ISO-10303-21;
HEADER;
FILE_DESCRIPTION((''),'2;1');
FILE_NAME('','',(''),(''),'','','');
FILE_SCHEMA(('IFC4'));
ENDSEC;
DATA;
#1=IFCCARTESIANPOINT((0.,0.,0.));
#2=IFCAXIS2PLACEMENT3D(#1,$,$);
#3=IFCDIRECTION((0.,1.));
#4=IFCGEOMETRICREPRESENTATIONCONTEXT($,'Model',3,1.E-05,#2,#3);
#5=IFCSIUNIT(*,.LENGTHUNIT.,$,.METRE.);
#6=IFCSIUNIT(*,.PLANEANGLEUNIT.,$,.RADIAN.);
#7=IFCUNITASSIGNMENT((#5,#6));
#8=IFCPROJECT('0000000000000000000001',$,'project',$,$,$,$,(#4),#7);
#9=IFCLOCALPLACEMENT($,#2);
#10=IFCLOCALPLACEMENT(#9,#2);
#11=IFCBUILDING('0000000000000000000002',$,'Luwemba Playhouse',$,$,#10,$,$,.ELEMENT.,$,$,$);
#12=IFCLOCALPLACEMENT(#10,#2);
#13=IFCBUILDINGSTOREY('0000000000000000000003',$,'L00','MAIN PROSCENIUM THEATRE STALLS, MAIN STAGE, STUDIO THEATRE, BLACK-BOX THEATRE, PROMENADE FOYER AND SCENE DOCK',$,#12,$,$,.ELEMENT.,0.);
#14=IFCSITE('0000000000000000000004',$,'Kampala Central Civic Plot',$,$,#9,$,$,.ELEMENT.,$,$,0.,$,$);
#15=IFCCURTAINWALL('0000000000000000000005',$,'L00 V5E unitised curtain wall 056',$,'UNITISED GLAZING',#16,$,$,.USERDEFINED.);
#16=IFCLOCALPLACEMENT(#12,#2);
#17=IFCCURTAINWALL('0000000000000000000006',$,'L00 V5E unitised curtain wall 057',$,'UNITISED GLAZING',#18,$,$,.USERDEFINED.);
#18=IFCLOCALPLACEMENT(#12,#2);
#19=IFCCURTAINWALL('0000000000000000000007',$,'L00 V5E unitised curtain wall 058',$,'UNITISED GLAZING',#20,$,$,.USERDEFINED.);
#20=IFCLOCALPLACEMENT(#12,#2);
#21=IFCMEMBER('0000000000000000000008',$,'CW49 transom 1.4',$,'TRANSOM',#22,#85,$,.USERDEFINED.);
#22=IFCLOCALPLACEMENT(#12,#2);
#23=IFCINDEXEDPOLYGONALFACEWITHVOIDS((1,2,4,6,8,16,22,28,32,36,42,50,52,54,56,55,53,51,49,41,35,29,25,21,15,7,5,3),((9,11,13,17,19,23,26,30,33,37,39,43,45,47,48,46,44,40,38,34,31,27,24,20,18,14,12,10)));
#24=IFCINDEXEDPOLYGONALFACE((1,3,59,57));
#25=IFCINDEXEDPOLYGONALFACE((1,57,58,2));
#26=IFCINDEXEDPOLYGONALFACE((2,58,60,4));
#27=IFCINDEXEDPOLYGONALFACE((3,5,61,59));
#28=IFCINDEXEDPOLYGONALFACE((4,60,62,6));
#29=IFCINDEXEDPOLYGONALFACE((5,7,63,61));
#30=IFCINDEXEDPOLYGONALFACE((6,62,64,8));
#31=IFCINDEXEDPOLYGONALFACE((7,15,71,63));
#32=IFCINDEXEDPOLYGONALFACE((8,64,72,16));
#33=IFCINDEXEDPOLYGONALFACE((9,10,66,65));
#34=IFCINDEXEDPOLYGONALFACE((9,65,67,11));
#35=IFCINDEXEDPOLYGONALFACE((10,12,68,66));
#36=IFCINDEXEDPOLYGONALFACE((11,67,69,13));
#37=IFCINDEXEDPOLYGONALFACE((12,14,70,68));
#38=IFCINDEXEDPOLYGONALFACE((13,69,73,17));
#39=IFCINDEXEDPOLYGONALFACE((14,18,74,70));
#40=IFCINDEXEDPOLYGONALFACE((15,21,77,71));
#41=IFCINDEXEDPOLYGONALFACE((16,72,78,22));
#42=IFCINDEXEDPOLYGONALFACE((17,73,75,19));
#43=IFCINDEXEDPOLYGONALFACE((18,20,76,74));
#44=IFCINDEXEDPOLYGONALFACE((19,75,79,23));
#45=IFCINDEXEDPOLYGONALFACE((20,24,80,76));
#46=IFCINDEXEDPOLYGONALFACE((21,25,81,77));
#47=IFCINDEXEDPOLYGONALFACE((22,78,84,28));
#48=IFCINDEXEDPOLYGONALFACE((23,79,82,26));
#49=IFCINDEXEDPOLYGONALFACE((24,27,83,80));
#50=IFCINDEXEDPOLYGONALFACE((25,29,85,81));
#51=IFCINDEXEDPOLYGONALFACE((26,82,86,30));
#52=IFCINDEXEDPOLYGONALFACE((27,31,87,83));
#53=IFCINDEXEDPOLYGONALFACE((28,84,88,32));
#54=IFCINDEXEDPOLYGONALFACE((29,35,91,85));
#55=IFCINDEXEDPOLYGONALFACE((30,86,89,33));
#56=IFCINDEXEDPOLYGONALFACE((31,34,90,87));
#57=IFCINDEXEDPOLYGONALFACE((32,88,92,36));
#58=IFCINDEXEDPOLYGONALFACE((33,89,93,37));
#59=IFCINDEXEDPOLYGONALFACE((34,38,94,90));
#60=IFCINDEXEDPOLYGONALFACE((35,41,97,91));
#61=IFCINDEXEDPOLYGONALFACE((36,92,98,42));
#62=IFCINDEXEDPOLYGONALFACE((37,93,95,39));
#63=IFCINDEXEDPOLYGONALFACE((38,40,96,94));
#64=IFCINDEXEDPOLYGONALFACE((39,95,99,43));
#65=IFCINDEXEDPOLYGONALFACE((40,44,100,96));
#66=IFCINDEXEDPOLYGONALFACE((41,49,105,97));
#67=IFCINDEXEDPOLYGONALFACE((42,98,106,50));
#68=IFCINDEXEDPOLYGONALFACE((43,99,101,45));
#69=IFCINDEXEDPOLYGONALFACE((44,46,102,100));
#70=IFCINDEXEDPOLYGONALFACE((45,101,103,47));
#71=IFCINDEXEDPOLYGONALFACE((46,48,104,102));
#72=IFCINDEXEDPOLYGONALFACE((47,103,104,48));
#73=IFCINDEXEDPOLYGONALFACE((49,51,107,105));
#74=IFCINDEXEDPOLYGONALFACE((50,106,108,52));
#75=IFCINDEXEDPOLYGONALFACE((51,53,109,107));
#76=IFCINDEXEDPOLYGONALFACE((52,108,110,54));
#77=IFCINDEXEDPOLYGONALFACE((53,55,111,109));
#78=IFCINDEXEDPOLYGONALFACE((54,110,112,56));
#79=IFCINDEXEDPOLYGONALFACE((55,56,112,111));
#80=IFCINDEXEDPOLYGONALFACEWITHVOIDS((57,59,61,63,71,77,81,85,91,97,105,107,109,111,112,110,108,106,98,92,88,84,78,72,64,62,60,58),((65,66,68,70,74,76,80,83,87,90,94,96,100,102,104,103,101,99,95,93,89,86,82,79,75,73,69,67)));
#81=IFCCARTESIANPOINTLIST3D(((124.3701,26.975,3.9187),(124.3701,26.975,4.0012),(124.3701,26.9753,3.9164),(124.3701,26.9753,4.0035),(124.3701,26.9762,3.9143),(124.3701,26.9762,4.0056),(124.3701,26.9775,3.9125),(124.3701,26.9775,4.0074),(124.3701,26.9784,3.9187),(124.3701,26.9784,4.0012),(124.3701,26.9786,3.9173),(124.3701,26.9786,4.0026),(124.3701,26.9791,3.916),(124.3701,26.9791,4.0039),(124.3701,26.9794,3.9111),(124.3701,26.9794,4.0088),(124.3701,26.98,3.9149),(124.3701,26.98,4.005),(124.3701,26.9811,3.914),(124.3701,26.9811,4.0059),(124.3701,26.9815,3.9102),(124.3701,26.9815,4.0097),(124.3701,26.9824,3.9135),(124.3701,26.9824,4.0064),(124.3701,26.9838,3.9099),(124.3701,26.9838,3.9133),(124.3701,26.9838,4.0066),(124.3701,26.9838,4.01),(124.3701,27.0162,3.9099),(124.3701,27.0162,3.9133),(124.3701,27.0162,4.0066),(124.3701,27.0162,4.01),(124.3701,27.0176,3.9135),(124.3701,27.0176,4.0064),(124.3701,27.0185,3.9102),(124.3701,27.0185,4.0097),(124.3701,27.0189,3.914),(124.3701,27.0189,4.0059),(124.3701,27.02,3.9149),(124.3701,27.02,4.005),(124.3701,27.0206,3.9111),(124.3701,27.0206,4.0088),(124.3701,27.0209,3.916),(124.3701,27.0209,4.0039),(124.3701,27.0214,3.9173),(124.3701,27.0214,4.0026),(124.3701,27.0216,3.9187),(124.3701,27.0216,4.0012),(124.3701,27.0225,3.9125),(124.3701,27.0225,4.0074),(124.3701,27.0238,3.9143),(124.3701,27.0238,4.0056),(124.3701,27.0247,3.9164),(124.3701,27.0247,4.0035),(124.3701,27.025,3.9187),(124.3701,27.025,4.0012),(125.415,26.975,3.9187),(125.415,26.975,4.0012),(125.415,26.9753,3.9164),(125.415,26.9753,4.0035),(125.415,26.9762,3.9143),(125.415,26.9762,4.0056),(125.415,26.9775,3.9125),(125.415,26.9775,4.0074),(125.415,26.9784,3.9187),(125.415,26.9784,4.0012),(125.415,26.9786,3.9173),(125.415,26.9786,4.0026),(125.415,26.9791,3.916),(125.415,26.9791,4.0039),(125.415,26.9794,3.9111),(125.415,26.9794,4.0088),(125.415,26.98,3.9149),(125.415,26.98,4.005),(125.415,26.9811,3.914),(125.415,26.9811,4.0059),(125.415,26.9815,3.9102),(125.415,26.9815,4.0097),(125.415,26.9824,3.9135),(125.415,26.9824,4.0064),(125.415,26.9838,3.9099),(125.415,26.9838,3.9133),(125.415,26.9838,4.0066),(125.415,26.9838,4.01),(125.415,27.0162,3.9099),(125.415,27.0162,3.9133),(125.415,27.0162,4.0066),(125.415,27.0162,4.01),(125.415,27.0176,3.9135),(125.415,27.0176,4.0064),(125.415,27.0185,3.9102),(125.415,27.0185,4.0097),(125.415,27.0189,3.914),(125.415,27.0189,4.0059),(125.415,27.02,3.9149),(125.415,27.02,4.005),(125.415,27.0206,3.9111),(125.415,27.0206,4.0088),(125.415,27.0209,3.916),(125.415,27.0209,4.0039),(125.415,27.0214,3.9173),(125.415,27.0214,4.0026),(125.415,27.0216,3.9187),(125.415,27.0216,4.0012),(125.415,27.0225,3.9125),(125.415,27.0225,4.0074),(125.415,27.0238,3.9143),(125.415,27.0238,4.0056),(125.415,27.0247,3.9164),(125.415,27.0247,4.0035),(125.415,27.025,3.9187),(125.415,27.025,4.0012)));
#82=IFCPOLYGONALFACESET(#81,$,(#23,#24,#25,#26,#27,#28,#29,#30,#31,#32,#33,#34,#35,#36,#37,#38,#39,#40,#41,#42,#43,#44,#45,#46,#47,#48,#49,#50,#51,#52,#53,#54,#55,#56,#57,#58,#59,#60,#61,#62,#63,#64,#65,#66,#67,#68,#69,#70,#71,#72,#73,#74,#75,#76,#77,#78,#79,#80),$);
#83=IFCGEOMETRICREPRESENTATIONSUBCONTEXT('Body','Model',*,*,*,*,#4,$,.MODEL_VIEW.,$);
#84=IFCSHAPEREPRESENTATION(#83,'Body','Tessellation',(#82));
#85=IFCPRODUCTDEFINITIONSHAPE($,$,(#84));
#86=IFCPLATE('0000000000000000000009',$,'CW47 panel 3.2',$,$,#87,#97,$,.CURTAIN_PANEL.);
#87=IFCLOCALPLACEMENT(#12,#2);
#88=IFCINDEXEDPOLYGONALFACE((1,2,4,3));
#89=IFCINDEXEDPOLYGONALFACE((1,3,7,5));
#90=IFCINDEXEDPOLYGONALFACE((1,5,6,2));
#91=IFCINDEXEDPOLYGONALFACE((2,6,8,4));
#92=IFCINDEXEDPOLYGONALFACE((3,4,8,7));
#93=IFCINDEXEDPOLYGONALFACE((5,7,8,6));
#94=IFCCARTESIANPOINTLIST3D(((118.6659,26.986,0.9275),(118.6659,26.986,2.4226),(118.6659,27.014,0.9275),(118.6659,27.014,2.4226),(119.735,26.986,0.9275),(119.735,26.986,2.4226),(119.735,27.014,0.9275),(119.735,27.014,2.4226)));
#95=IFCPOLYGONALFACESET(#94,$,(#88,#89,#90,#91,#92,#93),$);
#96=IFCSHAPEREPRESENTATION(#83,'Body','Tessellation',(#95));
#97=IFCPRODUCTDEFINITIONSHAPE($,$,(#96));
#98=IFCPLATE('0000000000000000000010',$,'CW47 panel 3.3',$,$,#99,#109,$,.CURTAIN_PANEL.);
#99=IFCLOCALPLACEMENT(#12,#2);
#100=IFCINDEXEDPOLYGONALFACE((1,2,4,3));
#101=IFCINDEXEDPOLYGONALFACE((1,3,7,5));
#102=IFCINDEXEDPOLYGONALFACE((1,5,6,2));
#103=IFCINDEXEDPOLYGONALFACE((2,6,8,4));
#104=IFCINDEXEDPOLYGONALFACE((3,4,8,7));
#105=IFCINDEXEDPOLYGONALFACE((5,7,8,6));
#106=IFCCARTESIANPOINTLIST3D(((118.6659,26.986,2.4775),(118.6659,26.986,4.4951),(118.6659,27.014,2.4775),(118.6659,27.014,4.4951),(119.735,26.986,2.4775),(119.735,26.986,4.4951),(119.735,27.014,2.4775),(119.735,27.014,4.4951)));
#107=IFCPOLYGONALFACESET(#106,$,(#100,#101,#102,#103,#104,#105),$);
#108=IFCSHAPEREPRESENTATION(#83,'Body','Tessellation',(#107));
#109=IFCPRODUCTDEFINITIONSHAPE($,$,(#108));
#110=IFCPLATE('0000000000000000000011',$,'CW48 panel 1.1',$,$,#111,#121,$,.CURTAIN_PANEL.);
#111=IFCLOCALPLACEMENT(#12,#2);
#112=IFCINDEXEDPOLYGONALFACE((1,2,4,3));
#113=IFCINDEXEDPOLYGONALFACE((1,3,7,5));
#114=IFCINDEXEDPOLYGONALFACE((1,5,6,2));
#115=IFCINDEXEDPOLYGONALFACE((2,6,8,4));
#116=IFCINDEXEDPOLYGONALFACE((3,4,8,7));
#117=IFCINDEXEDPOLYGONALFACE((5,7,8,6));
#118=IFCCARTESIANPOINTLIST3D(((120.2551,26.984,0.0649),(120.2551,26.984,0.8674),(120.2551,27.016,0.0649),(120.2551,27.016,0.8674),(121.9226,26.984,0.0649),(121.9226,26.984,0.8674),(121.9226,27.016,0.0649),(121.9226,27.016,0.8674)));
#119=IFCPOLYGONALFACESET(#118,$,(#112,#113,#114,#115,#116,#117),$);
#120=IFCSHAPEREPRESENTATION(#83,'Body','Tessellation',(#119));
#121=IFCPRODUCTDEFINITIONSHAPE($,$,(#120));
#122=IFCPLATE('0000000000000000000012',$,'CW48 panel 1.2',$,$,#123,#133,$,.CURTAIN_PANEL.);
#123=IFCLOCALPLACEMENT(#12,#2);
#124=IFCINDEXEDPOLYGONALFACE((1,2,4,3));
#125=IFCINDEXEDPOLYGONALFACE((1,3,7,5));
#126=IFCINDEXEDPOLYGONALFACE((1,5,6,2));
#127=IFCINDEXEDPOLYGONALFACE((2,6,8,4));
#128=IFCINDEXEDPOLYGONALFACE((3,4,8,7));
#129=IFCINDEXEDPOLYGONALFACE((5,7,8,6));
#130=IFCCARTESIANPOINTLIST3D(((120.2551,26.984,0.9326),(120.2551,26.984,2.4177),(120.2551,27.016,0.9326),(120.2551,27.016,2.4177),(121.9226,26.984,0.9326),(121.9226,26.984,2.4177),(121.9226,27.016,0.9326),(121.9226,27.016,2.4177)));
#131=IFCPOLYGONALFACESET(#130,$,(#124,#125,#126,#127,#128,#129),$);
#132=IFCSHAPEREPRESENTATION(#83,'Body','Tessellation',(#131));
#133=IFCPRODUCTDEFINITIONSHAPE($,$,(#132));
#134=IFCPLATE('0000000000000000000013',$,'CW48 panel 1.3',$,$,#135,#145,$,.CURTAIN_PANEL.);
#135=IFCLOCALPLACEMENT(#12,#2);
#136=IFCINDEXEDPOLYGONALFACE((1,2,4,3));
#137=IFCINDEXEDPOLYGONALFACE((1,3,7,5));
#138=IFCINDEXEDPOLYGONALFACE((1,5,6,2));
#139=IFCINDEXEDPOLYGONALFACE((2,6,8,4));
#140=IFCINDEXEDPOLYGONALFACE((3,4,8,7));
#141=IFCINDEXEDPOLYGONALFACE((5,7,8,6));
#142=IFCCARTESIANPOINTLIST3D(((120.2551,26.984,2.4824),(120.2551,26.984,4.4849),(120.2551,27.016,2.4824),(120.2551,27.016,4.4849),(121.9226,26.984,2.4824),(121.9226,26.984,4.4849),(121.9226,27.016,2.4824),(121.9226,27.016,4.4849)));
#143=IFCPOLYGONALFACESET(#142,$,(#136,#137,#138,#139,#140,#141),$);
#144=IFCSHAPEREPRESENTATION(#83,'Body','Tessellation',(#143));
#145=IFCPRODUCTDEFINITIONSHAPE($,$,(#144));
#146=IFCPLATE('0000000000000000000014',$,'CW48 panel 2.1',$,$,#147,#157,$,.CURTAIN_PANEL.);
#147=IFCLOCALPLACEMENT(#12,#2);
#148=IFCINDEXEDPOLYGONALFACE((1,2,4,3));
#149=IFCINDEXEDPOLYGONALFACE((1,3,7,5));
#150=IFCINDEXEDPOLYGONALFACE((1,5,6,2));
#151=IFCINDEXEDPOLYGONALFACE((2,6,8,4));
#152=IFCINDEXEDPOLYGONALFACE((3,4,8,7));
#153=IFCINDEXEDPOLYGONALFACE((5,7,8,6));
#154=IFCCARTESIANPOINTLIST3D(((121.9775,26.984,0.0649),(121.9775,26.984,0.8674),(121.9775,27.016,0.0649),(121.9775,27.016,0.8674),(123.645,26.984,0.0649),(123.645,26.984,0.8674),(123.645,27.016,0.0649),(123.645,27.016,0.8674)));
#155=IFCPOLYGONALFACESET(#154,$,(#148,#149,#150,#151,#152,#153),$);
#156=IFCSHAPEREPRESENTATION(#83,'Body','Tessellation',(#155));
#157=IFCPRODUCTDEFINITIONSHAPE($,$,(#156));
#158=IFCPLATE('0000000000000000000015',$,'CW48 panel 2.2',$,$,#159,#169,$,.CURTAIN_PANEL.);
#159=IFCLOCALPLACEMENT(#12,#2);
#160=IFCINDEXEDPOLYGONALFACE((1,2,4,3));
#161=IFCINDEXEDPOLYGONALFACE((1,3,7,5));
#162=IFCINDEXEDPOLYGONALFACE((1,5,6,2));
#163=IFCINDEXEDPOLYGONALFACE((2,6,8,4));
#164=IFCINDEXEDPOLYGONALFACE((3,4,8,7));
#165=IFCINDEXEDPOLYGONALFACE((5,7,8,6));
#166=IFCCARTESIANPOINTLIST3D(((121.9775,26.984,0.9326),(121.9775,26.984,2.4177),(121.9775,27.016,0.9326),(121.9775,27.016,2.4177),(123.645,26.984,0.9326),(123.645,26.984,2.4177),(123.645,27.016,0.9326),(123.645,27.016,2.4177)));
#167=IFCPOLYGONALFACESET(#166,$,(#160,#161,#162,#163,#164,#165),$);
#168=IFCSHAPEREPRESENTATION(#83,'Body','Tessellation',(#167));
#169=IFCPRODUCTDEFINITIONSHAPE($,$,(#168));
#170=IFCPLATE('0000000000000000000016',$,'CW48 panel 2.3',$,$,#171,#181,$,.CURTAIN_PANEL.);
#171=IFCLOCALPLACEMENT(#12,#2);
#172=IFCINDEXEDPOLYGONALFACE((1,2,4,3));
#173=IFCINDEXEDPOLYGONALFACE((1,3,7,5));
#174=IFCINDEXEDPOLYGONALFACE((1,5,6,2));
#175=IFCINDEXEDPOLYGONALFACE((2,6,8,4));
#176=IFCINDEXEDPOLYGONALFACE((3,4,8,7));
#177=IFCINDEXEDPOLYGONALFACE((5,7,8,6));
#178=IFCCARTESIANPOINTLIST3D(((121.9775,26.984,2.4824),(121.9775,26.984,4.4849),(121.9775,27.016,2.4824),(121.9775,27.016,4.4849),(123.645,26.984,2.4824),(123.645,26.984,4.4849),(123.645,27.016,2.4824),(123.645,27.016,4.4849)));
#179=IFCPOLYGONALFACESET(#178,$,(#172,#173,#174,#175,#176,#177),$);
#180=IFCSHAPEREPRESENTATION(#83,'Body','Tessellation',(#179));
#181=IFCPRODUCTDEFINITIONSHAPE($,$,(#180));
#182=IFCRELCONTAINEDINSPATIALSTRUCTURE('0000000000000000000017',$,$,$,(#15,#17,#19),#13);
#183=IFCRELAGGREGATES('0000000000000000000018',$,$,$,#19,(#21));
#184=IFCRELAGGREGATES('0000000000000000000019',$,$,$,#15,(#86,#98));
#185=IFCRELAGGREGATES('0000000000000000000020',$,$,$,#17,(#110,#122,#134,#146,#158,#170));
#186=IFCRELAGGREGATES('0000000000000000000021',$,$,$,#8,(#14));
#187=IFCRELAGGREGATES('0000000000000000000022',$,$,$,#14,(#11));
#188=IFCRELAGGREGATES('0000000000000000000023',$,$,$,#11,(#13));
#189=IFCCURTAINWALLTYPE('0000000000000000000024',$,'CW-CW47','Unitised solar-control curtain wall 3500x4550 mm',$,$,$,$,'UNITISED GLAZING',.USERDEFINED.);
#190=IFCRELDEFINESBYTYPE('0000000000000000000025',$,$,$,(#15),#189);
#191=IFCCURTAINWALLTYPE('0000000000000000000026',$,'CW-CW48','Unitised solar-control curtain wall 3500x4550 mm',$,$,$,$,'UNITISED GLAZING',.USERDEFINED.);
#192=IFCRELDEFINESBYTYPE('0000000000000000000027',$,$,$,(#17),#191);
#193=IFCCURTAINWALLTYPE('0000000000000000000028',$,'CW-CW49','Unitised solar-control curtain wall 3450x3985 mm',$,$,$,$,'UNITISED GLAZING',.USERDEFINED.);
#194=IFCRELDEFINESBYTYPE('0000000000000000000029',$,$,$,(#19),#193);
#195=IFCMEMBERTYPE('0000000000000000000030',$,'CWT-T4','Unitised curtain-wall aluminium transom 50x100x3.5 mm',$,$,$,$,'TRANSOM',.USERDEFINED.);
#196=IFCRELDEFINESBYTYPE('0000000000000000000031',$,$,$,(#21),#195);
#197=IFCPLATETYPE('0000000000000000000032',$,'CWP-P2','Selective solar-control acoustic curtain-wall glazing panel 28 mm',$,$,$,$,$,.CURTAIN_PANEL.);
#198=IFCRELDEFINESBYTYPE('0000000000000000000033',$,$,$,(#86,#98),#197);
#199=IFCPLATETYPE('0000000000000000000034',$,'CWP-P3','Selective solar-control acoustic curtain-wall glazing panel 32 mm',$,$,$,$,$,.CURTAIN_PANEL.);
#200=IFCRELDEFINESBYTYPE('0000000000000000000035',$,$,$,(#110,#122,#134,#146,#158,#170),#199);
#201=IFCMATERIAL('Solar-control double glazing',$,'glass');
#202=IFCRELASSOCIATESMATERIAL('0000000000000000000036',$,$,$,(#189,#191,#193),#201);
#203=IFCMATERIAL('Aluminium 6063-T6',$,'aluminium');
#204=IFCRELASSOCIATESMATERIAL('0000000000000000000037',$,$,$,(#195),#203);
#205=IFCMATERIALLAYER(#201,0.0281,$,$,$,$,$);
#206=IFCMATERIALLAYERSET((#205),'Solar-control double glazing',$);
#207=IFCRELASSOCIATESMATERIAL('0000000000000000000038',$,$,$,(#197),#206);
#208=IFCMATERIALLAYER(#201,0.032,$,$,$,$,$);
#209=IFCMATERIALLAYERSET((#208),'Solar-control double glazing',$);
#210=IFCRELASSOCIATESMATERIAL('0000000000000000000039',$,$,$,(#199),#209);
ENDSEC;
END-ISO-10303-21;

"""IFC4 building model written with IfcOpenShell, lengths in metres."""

from ifc_helpers import new_model, si_unit, direction, frame, origin, origin_2d, place, context, subcontext, project, spatial, rectangle, hollow_rectangle, extrude, material, layer, layer_set, material_profile, profile_set, type_object, element, aggregate, save


model = new_model("IFC4")

# Units and contexts
model_context = context("Model", 3, precision=1e-05, world=origin(), true_north=direction((0.0, 1.0)))
body_context = subcontext(model_context, "Body", "Model", "MODEL_VIEW")
ifc_project = project(units=[si_unit("LENGTHUNIT", "METRE"), si_unit("PLANEANGLEUNIT", "RADIAN")], contexts=[model_context])

# Site, building, storey
site_placement = place(None, origin())
site = spatial("IfcSite", under=ifc_project, at=site_placement, Name="Kampala Central Civic Plot", CompositionType="ELEMENT", RefElevation=0.0)
building_placement = place(site_placement, origin())
building = spatial("IfcBuilding", under=site, at=building_placement, Name="Luwemba Playhouse", CompositionType="ELEMENT")
storey_placement = place(building_placement, origin())
storey = spatial("IfcBuildingStorey", under=building, at=storey_placement, Name="L00", Description="MAIN PROSCENIUM THEATRE STALLS, MAIN STAGE, STUDIO THEATRE, BLACK-BOX THEATRE, PROMENADE FOYER AND SCENE DOCK", CompositionType="ELEMENT", Elevation=0.0)

# Curtain wall
ifc_material_1 = material(Name="Solar-control double glazing", Category="glass")
curtain_wall_type_1 = type_object("IfcCurtainWallType", Name="CW-CW47", Description="Unitised solar-control curtain wall 3500x4550 mm", ElementType="UNITISED GLAZING", PredefinedType="USERDEFINED", material=ifc_material_1)
curtain_wall_1_placement = place(storey_placement, origin())
curtain_wall_1 = element("IfcCurtainWall", 1, at=curtain_wall_1_placement, inside=storey, type_object=curtain_wall_type_1, Name="L00 V5E unitised curtain wall 056", ObjectType="UNITISED GLAZING", PredefinedType="USERDEFINED")
ifc_material_2 = material(Name="Aluminium 6063-T6", Category="aluminium")

# Curtain wall
curtain_wall_type_2 = type_object("IfcCurtainWallType", Name="CW-CW48", Description="Unitised solar-control curtain wall 3500x4550 mm", ElementType="UNITISED GLAZING", PredefinedType="USERDEFINED", material=ifc_material_1)
curtain_wall_2_placement = place(storey_placement, origin())
curtain_wall_2 = element("IfcCurtainWall", 2, at=curtain_wall_2_placement, inside=storey, type_object=curtain_wall_type_2, Name="L00 V5E unitised curtain wall 057", ObjectType="UNITISED GLAZING", PredefinedType="USERDEFINED")

# Curtain wall
curtain_wall_type_3 = type_object("IfcCurtainWallType", Name="CW-CW49", Description="Unitised solar-control curtain wall 3450x3985 mm", ElementType="UNITISED GLAZING", PredefinedType="USERDEFINED", material=ifc_material_1)
curtain_wall_3_placement = place(storey_placement, origin())
curtain_wall_3 = element("IfcCurtainWall", 3, at=curtain_wall_3_placement, inside=storey, type_object=curtain_wall_type_3, Name="L00 V5E unitised curtain wall 058", ObjectType="UNITISED GLAZING", PredefinedType="USERDEFINED")

# Member
ifc_material_profile_1 = material_profile(ifc_material_2, hollow_rectangle(XDim=0.05, YDim=0.1001, WallThickness=0.0034, InnerFilletRadius=0.0054, OuterFilletRadius=0.0088, at=origin_2d()))
ifc_profile_set_1 = profile_set([ifc_material_profile_1], Name="Aluminium 6063-T6")
member_type_1 = type_object("IfcMemberType", Name="CWT-T4", Description="Unitised curtain-wall aluminium transom 50x100x3.5 mm", ElementType="TRANSOM", PredefinedType="USERDEFINED", material=ifc_profile_set_1)
member_1_placement = place(storey_placement, frame((124.3701, 27.0, 3.96), z_axis=(1.0, 0.0, 0.0), x_axis=(0.0, 1.0, 0.0)))
member_1 = element("IfcMember", 4, at=member_1_placement, type_object=member_type_1, Name="CW49 transom 1.4", ObjectType="TRANSOM", PredefinedType="USERDEFINED", context=body_context, shape_type="SweptSolid", body=[
    extrude(hollow_rectangle(XDim=0.05, YDim=0.1001, WallThickness=0.0034, InnerFilletRadius=0.0054, OuterFilletRadius=0.0088, at=origin_2d()), origin(), (0.0, 0.0, 1.0), 1.0449),
])
aggregate(curtain_wall_3, [member_1])

# Plates
ifc_layer_1 = layer(ifc_material_1, 0.0281)
ifc_layer_set_1 = layer_set([ifc_layer_1], Name="Solar-control double glazing")
plate_type_1 = type_object("IfcPlateType", Name="CWP-P2", Description="Selective solar-control acoustic curtain-wall glazing panel 28 mm", PredefinedType="CURTAIN_PANEL", material=ifc_layer_set_1)
plate_1_placement = place(storey_placement, frame((119.2004, 27.0, 0.9275), z_axis=(0.0, 0.0, 1.0), x_axis=(1.0, 0.0, 0.0)))
plate_1 = element("IfcPlate", 5, at=plate_1_placement, type_object=plate_type_1, Name="CW47 panel 3.2", PredefinedType="CURTAIN_PANEL", context=body_context, shape_type="SweptSolid", body=[
    extrude(rectangle(XDim=1.0691, YDim=0.0281, at=origin_2d()), origin(), (0.0, 0.0, 1.0), 1.4951),
])
plate_2_placement = place(storey_placement, frame((119.2004, 27.0, 2.4775), z_axis=(0.0, 0.0, 1.0), x_axis=(1.0, 0.0, 0.0)))
plate_2 = element("IfcPlate", 6, at=plate_2_placement, type_object=plate_type_1, Name="CW47 panel 3.3", PredefinedType="CURTAIN_PANEL", context=body_context, shape_type="SweptSolid", body=[
    extrude(rectangle(XDim=1.0691, YDim=0.0281, at=origin_2d()), origin(), (0.0, 0.0, 1.0), 2.0176),
])
aggregate(curtain_wall_1, [plate_1, plate_2])
ifc_layer_2 = layer(ifc_material_1, 0.032)
ifc_layer_set_2 = layer_set([ifc_layer_2], Name="Solar-control double glazing")
plate_type_2 = type_object("IfcPlateType", Name="CWP-P3", Description="Selective solar-control acoustic curtain-wall glazing panel 32 mm", PredefinedType="CURTAIN_PANEL", material=ifc_layer_set_2)
plate_3_placement = place(storey_placement, frame((121.0889, 27.0, 0.0649), z_axis=(0.0, 0.0, 1.0), x_axis=(1.0, 0.0, 0.0)))
plate_3 = element("IfcPlate", 7, at=plate_3_placement, type_object=plate_type_2, Name="CW48 panel 1.1", PredefinedType="CURTAIN_PANEL", context=body_context, shape_type="SweptSolid", body=[
    extrude(rectangle(XDim=1.6675, YDim=0.032, at=origin_2d()), origin(), (0.0, 0.0, 1.0), 0.8025),
])
plate_4_placement = place(storey_placement, frame((121.0889, 27.0, 0.9326), z_axis=(0.0, 0.0, 1.0), x_axis=(1.0, 0.0, 0.0)))
plate_4 = element("IfcPlate", 8, at=plate_4_placement, type_object=plate_type_2, Name="CW48 panel 1.2", PredefinedType="CURTAIN_PANEL", context=body_context, shape_type="SweptSolid", body=[
    extrude(rectangle(XDim=1.6675, YDim=0.032, at=origin_2d()), origin(), (0.0, 0.0, 1.0), 1.4851),
])
plate_5_placement = place(storey_placement, frame((121.0889, 27.0, 2.4824), z_axis=(0.0, 0.0, 1.0), x_axis=(1.0, 0.0, 0.0)))
plate_5 = element("IfcPlate", 9, at=plate_5_placement, type_object=plate_type_2, Name="CW48 panel 1.3", PredefinedType="CURTAIN_PANEL", context=body_context, shape_type="SweptSolid", body=[
    extrude(rectangle(XDim=1.6675, YDim=0.032, at=origin_2d()), origin(), (0.0, 0.0, 1.0), 2.0024),
])
plate_6_placement = place(storey_placement, frame((122.8113, 27.0, 0.0649), z_axis=(0.0, 0.0, 1.0), x_axis=(1.0, 0.0, 0.0)))
plate_6 = element("IfcPlate", 10, at=plate_6_placement, type_object=plate_type_2, Name="CW48 panel 2.1", PredefinedType="CURTAIN_PANEL", context=body_context, shape_type="SweptSolid", body=[
    extrude(rectangle(XDim=1.6675, YDim=0.032, at=origin_2d()), origin(), (0.0, 0.0, 1.0), 0.8025),
])
plate_7_placement = place(storey_placement, frame((122.8113, 27.0, 0.9326), z_axis=(0.0, 0.0, 1.0), x_axis=(1.0, 0.0, 0.0)))
plate_7 = element("IfcPlate", 11, at=plate_7_placement, type_object=plate_type_2, Name="CW48 panel 2.2", PredefinedType="CURTAIN_PANEL", context=body_context, shape_type="SweptSolid", body=[
    extrude(rectangle(XDim=1.6675, YDim=0.032, at=origin_2d()), origin(), (0.0, 0.0, 1.0), 1.4851),
])
plate_8_placement = place(storey_placement, frame((122.8113, 27.0, 2.4824), z_axis=(0.0, 0.0, 1.0), x_axis=(1.0, 0.0, 0.0)))
plate_8 = element("IfcPlate", 12, at=plate_8_placement, type_object=plate_type_2, Name="CW48 panel 2.3", PredefinedType="CURTAIN_PANEL", context=body_context, shape_type="SweptSolid", body=[
    extrude(rectangle(XDim=1.6675, YDim=0.032, at=origin_2d()), origin(), (0.0, 0.0, 1.0), 2.0024),
])
aggregate(curtain_wall_2, [plate_3, plate_4, plate_5, plate_6, plate_7, plate_8])

save(model, "model.ifc")
